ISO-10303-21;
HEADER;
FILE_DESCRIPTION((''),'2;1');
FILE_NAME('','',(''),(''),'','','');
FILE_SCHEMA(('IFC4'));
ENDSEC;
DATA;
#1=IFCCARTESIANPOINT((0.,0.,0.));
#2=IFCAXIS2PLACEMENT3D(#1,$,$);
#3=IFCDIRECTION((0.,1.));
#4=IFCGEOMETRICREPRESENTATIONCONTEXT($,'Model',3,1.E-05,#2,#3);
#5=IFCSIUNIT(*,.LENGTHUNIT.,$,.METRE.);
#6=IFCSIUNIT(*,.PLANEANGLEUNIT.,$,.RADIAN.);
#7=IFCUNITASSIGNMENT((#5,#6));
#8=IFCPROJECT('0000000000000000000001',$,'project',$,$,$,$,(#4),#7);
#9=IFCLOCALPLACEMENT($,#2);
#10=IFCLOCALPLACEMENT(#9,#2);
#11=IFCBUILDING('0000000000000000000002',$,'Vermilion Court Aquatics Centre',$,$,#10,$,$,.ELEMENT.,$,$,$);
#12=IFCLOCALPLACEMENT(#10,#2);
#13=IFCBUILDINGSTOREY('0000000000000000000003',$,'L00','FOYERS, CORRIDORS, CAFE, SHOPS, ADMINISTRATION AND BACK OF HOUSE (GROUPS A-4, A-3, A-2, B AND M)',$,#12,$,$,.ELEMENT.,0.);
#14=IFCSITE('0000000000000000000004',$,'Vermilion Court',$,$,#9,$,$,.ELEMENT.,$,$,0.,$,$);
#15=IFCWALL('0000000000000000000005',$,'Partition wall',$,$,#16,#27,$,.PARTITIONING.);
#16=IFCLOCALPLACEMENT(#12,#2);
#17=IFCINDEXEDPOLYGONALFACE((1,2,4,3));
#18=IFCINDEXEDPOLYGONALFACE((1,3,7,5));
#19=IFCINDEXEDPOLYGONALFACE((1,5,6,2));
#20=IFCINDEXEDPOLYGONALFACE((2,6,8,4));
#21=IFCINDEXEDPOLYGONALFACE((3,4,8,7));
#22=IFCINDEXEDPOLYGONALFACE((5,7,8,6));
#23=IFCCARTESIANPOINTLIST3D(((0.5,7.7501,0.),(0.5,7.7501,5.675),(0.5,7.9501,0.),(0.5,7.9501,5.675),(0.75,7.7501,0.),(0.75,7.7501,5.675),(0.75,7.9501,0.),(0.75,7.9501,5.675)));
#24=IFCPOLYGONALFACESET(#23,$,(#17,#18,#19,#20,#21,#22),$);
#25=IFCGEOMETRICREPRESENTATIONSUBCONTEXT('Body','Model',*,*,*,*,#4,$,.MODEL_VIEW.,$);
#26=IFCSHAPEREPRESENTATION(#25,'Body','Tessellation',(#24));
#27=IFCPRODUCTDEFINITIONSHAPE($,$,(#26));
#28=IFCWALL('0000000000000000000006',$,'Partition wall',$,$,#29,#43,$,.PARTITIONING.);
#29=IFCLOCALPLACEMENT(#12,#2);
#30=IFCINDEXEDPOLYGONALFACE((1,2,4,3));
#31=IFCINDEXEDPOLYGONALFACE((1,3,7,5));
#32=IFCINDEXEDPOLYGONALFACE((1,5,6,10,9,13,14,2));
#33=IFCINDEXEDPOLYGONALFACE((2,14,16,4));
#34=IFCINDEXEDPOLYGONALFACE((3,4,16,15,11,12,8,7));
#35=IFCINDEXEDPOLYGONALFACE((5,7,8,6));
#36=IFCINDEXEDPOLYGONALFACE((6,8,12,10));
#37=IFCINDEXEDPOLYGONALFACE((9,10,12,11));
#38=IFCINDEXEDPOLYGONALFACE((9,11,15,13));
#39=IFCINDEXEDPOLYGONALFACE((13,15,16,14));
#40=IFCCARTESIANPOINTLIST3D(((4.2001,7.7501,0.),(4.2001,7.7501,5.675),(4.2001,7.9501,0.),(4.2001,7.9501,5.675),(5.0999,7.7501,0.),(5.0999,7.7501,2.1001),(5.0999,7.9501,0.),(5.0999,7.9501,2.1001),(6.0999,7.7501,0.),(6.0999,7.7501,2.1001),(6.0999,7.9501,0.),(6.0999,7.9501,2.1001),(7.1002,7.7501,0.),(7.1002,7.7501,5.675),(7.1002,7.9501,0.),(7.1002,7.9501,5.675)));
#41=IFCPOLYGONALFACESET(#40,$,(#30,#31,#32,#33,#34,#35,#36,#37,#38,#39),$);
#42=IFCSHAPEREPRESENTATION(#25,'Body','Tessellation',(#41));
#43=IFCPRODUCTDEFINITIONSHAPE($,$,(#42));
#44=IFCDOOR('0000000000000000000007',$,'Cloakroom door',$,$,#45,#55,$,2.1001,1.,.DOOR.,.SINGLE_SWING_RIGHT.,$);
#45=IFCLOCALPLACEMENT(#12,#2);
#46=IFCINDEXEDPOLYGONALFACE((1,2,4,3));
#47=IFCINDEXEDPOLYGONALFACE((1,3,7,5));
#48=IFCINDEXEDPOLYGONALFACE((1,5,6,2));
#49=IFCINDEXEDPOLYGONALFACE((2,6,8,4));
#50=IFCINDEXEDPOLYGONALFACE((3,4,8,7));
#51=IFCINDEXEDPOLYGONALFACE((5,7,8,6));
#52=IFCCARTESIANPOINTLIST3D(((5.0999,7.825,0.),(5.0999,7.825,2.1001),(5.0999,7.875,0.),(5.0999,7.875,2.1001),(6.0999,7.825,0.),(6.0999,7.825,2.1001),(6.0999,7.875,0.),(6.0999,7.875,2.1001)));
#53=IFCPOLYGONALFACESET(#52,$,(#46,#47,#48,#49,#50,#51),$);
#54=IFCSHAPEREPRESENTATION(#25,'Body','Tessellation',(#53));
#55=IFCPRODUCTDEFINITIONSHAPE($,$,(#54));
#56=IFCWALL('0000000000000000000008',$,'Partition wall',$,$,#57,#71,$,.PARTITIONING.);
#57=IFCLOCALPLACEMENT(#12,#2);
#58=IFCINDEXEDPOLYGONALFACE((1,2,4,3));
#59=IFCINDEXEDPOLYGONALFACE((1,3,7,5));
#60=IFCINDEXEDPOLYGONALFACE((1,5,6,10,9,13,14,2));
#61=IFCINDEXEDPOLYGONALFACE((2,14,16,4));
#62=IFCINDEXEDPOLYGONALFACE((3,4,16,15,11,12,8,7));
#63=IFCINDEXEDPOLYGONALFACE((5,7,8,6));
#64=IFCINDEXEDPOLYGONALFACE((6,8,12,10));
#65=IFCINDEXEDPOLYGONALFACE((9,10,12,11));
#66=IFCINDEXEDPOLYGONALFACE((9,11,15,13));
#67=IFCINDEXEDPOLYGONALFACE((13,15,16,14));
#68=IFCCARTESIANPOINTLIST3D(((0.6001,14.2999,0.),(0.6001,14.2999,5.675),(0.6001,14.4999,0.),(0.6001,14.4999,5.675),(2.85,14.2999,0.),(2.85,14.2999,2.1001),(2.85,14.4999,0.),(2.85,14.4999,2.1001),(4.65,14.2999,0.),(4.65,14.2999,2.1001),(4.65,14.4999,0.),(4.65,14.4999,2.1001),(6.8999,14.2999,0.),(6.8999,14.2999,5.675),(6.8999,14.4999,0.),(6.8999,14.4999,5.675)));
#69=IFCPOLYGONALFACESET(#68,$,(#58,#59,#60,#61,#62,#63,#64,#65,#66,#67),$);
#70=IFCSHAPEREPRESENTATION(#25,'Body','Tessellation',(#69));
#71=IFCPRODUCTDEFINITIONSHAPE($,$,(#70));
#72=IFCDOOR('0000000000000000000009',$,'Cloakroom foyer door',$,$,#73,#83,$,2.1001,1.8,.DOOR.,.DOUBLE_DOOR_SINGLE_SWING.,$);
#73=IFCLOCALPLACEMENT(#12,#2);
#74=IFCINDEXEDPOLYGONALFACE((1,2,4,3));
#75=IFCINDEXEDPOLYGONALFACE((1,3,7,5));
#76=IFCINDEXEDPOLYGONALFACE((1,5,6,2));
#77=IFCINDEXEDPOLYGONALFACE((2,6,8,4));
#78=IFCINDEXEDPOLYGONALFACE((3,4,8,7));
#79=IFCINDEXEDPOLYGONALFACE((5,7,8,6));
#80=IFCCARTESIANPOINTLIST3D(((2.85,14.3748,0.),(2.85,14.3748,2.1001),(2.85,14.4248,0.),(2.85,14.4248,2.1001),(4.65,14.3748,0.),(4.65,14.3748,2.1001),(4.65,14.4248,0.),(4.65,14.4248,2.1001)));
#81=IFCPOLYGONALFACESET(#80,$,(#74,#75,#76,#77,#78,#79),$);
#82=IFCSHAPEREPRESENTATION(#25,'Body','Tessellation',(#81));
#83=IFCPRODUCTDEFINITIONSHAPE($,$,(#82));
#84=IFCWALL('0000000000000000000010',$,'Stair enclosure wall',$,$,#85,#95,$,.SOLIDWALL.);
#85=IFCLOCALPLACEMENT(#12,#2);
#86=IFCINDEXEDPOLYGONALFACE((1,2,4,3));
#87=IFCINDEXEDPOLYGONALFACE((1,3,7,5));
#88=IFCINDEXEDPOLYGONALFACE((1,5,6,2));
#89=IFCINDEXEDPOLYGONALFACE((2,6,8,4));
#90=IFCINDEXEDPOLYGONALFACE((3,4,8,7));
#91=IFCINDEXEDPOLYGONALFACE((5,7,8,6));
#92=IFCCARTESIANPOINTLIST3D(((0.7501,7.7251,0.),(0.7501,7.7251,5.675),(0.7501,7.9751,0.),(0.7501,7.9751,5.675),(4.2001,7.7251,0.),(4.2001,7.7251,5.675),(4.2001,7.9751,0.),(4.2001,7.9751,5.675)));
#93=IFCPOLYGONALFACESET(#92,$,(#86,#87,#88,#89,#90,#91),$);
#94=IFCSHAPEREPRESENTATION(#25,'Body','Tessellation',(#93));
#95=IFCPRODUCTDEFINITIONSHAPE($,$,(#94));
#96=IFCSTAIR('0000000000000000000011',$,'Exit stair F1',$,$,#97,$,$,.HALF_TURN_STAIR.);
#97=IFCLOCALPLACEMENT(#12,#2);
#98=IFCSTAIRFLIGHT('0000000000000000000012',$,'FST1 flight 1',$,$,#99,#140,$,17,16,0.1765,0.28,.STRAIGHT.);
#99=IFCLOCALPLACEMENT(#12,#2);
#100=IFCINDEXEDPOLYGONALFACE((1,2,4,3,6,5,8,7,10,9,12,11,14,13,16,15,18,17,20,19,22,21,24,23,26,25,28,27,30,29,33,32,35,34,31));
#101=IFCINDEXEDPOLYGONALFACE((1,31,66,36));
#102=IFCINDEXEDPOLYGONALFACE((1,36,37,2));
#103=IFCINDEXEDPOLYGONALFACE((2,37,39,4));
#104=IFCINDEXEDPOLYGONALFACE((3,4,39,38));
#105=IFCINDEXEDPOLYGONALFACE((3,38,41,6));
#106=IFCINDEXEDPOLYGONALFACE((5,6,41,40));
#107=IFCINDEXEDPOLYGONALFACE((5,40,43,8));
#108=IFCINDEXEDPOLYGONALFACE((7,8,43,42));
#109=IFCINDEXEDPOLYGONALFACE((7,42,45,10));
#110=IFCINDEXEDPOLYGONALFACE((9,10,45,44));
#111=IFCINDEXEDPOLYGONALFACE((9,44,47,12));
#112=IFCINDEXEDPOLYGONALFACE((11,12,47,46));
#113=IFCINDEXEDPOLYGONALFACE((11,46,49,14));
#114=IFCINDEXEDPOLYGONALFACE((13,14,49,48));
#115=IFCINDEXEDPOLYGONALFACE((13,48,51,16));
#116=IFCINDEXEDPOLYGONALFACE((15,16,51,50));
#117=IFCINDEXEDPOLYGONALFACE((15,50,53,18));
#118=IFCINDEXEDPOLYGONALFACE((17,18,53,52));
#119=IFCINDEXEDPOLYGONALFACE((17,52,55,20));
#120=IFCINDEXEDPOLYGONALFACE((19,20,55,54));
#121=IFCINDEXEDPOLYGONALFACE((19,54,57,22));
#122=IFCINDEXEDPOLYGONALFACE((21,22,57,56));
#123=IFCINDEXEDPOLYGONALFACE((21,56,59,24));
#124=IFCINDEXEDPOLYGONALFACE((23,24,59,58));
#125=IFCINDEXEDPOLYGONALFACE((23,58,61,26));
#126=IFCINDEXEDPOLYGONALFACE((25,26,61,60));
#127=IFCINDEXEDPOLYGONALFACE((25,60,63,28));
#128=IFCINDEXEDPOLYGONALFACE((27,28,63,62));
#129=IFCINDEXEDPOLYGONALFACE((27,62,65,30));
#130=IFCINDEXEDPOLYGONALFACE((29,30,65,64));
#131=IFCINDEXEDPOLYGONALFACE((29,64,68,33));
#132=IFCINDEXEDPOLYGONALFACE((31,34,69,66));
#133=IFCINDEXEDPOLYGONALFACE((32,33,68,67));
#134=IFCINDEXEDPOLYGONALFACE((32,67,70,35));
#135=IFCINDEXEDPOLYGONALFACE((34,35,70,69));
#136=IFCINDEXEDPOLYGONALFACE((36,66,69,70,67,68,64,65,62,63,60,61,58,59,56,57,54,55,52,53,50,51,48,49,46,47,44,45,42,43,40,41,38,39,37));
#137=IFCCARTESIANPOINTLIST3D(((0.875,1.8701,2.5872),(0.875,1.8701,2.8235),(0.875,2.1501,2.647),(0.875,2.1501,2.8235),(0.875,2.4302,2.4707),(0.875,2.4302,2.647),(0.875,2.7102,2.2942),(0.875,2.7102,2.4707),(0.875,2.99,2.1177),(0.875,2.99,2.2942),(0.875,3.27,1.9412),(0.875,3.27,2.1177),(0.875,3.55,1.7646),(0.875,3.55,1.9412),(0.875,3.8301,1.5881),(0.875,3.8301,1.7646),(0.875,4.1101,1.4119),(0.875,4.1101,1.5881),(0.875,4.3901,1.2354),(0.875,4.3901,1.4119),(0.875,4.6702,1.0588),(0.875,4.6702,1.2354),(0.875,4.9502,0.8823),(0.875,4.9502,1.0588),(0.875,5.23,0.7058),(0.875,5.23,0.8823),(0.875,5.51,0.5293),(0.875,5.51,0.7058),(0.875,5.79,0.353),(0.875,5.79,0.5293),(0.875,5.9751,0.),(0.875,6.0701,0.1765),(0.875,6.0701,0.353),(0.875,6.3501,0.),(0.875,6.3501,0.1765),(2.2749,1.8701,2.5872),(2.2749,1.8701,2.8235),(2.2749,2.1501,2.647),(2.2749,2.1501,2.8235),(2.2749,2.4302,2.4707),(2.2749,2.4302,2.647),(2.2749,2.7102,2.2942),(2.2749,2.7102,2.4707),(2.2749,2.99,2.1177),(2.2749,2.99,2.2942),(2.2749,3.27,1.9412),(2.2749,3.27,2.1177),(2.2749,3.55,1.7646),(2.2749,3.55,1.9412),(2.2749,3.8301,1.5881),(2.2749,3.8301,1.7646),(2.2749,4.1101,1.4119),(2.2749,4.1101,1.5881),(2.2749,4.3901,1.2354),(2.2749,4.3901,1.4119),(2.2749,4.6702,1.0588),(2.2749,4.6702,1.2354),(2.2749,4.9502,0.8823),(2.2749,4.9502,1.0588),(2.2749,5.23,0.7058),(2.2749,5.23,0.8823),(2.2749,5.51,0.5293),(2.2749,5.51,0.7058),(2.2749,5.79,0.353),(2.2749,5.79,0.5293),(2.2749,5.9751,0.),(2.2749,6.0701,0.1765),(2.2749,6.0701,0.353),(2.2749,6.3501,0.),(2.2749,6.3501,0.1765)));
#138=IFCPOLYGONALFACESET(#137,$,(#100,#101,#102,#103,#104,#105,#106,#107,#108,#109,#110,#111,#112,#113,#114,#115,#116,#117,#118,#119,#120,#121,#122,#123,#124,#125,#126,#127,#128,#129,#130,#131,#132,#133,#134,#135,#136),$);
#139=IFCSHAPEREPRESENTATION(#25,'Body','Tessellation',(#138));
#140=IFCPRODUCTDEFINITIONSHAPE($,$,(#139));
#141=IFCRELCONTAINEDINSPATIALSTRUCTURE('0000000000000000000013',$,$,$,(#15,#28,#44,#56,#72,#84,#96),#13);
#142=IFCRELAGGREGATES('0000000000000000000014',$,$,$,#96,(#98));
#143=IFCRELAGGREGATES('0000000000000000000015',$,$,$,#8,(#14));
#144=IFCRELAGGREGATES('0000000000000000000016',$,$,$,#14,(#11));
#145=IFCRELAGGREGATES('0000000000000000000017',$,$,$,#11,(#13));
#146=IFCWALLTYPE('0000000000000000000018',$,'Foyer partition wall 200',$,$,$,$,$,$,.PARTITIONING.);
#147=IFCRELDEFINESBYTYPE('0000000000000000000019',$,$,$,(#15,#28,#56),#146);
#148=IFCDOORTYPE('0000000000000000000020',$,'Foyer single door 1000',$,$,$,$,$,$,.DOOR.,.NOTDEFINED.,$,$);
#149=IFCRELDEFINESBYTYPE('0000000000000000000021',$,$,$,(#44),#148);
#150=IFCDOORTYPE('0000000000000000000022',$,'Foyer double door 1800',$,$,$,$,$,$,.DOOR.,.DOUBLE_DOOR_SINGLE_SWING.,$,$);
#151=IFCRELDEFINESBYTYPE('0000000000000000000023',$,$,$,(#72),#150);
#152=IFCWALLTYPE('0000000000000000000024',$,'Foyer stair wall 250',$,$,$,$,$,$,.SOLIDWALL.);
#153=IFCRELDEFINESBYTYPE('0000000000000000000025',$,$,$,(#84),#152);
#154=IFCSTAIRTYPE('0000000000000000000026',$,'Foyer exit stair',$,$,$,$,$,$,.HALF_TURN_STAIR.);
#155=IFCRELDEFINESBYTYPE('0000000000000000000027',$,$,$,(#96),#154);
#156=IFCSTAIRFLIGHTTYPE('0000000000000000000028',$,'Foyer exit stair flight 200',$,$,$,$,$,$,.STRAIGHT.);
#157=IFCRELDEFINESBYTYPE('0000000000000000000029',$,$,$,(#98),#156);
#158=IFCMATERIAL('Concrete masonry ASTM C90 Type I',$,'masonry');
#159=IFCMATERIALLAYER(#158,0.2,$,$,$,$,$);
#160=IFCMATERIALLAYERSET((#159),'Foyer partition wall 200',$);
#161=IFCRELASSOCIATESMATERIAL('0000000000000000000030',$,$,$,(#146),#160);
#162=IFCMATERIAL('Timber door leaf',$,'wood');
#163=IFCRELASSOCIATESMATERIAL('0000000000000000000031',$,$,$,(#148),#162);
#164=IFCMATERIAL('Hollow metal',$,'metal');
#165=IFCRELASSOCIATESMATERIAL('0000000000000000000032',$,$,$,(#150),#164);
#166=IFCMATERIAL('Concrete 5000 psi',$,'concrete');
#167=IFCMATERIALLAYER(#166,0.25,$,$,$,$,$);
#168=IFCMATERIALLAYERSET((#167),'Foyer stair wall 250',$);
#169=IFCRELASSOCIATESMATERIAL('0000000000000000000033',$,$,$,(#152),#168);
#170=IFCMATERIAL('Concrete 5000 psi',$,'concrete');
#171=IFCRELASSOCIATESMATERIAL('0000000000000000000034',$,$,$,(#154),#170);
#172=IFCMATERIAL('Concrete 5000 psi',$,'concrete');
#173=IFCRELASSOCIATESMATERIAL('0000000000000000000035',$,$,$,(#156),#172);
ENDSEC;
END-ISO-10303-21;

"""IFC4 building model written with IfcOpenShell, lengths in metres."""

from ifc_helpers import new_model, si_unit, direction, frame, frame_2d, origin, place, context, subcontext, project, spatial, polyline, rectangle, outline, extrude, material, layer, layer_set, type_object, element, fill, aggregate, save


model = new_model("IFC4")

# Units and contexts
model_context = context("Model", 3, precision=1e-05, world=origin(), true_north=direction((0.0, 1.0)))
body_context = subcontext(model_context, "Body", "Model", "MODEL_VIEW")
ifc_project = project(units=[si_unit("LENGTHUNIT", "METRE"), si_unit("PLANEANGLEUNIT", "RADIAN")], contexts=[model_context])

# Site, building, storey
site_placement = place(None, origin())
site = spatial("IfcSite", under=ifc_project, at=site_placement, Name="Vermilion Court", CompositionType="ELEMENT", RefElevation=0.0)
building_placement = place(site_placement, origin())
building = spatial("IfcBuilding", under=site, at=building_placement, Name="Vermilion Court Aquatics Centre", CompositionType="ELEMENT")
storey_placement = place(building_placement, origin())
storey = spatial("IfcBuildingStorey", under=building, at=storey_placement, Name="L00", Description="FOYERS, CORRIDORS, CAFE, SHOPS, ADMINISTRATION AND BACK OF HOUSE (GROUPS A-4, A-3, A-2, B AND M)", CompositionType="ELEMENT", Elevation=0.0)

# Wall
ifc_material_1 = material(Name="Concrete masonry ASTM C90 Type I", Category="masonry")
ifc_layer_1 = layer(ifc_material_1, 0.2)
ifc_layer_set_1 = layer_set([ifc_layer_1], Name="Foyer partition wall 200")
wall_type_1 = type_object("IfcWallType", Name="Foyer partition wall 200", PredefinedType="PARTITIONING", material=ifc_layer_set_1)
wall_1_placement = place(storey_placement, frame((0.5, 7.8501, 0.0), z_axis=(0.0, 0.0, 1.0), x_axis=(1.0, 0.0, 0.0)))
element("IfcWall", 1, at=wall_1_placement, inside=storey, type_object=wall_type_1, Name="Partition wall", PredefinedType="PARTITIONING", context=body_context, shape_type="SweptSolid", body=[
    extrude(rectangle(XDim=0.25, YDim=0.2, at=frame_2d((0.125, 0.0))), origin(), (0.0, 0.0, 1.0), 5.675),
])

# Walls, openings, doors
wall_2_placement = place(storey_placement, frame((4.2, 7.8501, 0.0), z_axis=(0.0, 0.0, 1.0), x_axis=(1.0, 0.0, 0.0)))
wall_2 = element("IfcWall", 2, at=wall_2_placement, inside=storey, type_object=wall_type_1, Name="Partition wall", PredefinedType="PARTITIONING", context=body_context, shape_type="SweptSolid", body=[
    extrude(rectangle(XDim=2.9001, YDim=0.2, at=frame_2d((1.4502, 0.0))), origin(), (0.0, 0.0, 1.0), 5.675),
])
opening_1_placement = place(wall_2_placement, frame((0.8999, 0.0, 0.0)))
opening_1 = element("IfcOpeningElement", 3, at=opening_1_placement, cuts=wall_2, PredefinedType="OPENING", context=body_context, shape_type="SweptSolid", body=[
    extrude(rectangle(XDim=1.0, YDim=2.1001, at=frame_2d((0.5, 1.05))), frame((0.0, 0.1099, 0.0), z_axis=(0.0, -1.0, 0.0), x_axis=(1.0, 0.0, 0.0)), (0.0, 0.0, 1.0), 0.22),
])
ifc_material_2 = material(Name="Timber door leaf", Category="wood")
door_type_1 = type_object("IfcDoorType", Name="Foyer single door 1000", OperationType="NOTDEFINED", PredefinedType="DOOR", material=ifc_material_2)
door_1_placement = place(opening_1_placement, origin())
door_1 = element("IfcDoor", 4, at=door_1_placement, inside=storey, type_object=door_type_1, Name="Cloakroom door", OperationType="SINGLE_SWING_RIGHT", OverallHeight=2.1001, OverallWidth=1.0, PredefinedType="DOOR", context=body_context, shape_type="SweptSolid", body=[
    extrude(rectangle(XDim=1.0, YDim=2.1001, at=frame_2d((0.5, 1.05))), frame((0.0, 0.0249, 0.0), z_axis=(0.0, -1.0, 0.0), x_axis=(1.0, 0.0, 0.0)), (0.0, 0.0, 1.0), 0.05),
])
fill(opening_1, door_1)
wall_3_placement = place(storey_placement, frame((0.6001, 14.3999, 0.0), z_axis=(0.0, 0.0, 1.0), x_axis=(1.0, 0.0, 0.0)))
wall_3 = element("IfcWall", 5, at=wall_3_placement, inside=storey, type_object=wall_type_1, Name="Partition wall", PredefinedType="PARTITIONING", context=body_context, shape_type="SweptSolid", body=[
    extrude(rectangle(XDim=6.2998, YDim=0.2, at=frame_2d((3.1499, 0.0))), origin(), (0.0, 0.0, 1.0), 5.675),
])
opening_2_placement = place(wall_3_placement, frame((2.25, 0.0, 0.0)))
opening_2 = element("IfcOpeningElement", 6, at=opening_2_placement, cuts=wall_3, PredefinedType="OPENING", context=body_context, shape_type="SweptSolid", body=[
    extrude(rectangle(XDim=1.8, YDim=2.1001, at=frame_2d((0.8999, 1.05))), frame((0.0, 0.1099, 0.0), z_axis=(0.0, -1.0, 0.0), x_axis=(1.0, 0.0, 0.0)), (0.0, 0.0, 1.0), 0.22),
])
ifc_material_3 = material(Name="Hollow metal", Category="metal")
door_type_2 = type_object("IfcDoorType", Name="Foyer double door 1800", OperationType="DOUBLE_DOOR_SINGLE_SWING", PredefinedType="DOOR", material=ifc_material_3)
door_2_placement = place(opening_2_placement, frame((1.8, 0.0, 0.0), z_axis=(0.0, 0.0, 1.0), x_axis=(-1.0, 0.0, 0.0)))
door_2 = element("IfcDoor", 7, at=door_2_placement, inside=storey, type_object=door_type_2, Name="Cloakroom foyer door", OperationType="DOUBLE_DOOR_SINGLE_SWING", OverallHeight=2.1001, OverallWidth=1.8, PredefinedType="DOOR", context=body_context, shape_type="SweptSolid", body=[
    extrude(rectangle(XDim=1.8, YDim=2.1001, at=frame_2d((0.9001, 1.05))), frame((0.0, 0.0251, 0.0), z_axis=(0.0, -1.0, 0.0), x_axis=(1.0, 0.0, 0.0)), (0.0, 0.0, 1.0), 0.05),
])
fill(opening_2, door_2)

# Wall
ifc_material_4 = material(Name="Concrete 5000 psi", Category="concrete")
ifc_layer_2 = layer(ifc_material_4, 0.25)
ifc_layer_set_2 = layer_set([ifc_layer_2], Name="Foyer stair wall 250")
wall_type_2 = type_object("IfcWallType", Name="Foyer stair wall 250", PredefinedType="SOLIDWALL", material=ifc_layer_set_2)
wall_4_placement = place(storey_placement, frame((0.75, 7.8501, 0.0), z_axis=(0.0, 0.0, 1.0), x_axis=(1.0, 0.0, 0.0)))
element("IfcWall", 8, at=wall_4_placement, inside=storey, type_object=wall_type_2, Name="Stair enclosure wall", PredefinedType="SOLIDWALL", context=body_context, shape_type="SweptSolid", body=[
    extrude(rectangle(XDim=3.45, YDim=0.25, at=frame_2d((1.7251, 0.0))), origin(), (0.0, 0.0, 1.0), 5.675),
])

# Stair, stair flight
ifc_material_5 = material(Name="Concrete 5000 psi", Category="concrete")
stair_type = type_object("IfcStairType", Name="Foyer exit stair", PredefinedType="HALF_TURN_STAIR", material=ifc_material_5)
stair_placement = place(storey_placement, origin())
stair = element("IfcStair", 9, at=stair_placement, inside=storey, type_object=stair_type, Name="Exit stair F1", PredefinedType="HALF_TURN_STAIR")
ifc_material_6 = material(Name="Concrete 5000 psi", Category="concrete")
stair_flight_type = type_object("IfcStairFlightType", Name="Foyer exit stair flight 200", PredefinedType="STRAIGHT", material=ifc_material_6)
stair_flight_1_placement = place(storey_placement, frame((1.575, 6.3501, 0.0), z_axis=(0.0, 0.0, 1.0), x_axis=(0.0, -1.0, 0.0)))
stair_flight_1 = element("IfcStairFlight", 10, at=stair_flight_1_placement, type_object=stair_flight_type, Name="FST1 flight 1", NumberOfRisers=17, NumberOfTreads=16, PredefinedType="STRAIGHT", RiserHeight=0.1765, TreadLength=0.28, context=body_context, shape_type="SweptSolid", body=[
    extrude(outline(polyline([(0.0, 0.0), (0.0, 0.1765), (0.28, 0.1765), (0.28, 0.353), (0.5601, 0.353), (0.5601, 0.5293), (0.8401, 0.5293), (0.8401, 0.7058), (1.1201, 0.7058), (1.1201, 0.8823), (1.3999, 0.8823), (1.3999, 1.0588), (1.6799, 1.0588), (1.6799, 1.2354), (1.96, 1.2354), (1.96, 1.4119), (2.24, 1.4119), (2.24, 1.5881), (2.52, 1.5881), (2.52, 1.7646), (2.8, 1.7646), (2.8, 1.9412), (3.0801, 1.9412), (3.0801, 2.1177), (3.3601, 2.1177), (3.3601, 2.2942), (3.6399, 2.2942), (3.6399, 2.4707), (3.9199, 2.4707), (3.9199, 2.647), (4.2, 2.647), (4.2, 2.8235), (4.48, 2.8235), (4.48, 3.0), (4.48, 2.5872), (0.375, 0.0), (0.0, 0.0)])), frame((0.0, 0.7, 0.0), z_axis=(0.0, -1.0, 0.0), x_axis=(1.0, 0.0, 0.0)), (0.0, 0.0, 1.0), 1.3999),
])
aggregate(stair, [stair_flight_1])

save(model, "model.ifc")
